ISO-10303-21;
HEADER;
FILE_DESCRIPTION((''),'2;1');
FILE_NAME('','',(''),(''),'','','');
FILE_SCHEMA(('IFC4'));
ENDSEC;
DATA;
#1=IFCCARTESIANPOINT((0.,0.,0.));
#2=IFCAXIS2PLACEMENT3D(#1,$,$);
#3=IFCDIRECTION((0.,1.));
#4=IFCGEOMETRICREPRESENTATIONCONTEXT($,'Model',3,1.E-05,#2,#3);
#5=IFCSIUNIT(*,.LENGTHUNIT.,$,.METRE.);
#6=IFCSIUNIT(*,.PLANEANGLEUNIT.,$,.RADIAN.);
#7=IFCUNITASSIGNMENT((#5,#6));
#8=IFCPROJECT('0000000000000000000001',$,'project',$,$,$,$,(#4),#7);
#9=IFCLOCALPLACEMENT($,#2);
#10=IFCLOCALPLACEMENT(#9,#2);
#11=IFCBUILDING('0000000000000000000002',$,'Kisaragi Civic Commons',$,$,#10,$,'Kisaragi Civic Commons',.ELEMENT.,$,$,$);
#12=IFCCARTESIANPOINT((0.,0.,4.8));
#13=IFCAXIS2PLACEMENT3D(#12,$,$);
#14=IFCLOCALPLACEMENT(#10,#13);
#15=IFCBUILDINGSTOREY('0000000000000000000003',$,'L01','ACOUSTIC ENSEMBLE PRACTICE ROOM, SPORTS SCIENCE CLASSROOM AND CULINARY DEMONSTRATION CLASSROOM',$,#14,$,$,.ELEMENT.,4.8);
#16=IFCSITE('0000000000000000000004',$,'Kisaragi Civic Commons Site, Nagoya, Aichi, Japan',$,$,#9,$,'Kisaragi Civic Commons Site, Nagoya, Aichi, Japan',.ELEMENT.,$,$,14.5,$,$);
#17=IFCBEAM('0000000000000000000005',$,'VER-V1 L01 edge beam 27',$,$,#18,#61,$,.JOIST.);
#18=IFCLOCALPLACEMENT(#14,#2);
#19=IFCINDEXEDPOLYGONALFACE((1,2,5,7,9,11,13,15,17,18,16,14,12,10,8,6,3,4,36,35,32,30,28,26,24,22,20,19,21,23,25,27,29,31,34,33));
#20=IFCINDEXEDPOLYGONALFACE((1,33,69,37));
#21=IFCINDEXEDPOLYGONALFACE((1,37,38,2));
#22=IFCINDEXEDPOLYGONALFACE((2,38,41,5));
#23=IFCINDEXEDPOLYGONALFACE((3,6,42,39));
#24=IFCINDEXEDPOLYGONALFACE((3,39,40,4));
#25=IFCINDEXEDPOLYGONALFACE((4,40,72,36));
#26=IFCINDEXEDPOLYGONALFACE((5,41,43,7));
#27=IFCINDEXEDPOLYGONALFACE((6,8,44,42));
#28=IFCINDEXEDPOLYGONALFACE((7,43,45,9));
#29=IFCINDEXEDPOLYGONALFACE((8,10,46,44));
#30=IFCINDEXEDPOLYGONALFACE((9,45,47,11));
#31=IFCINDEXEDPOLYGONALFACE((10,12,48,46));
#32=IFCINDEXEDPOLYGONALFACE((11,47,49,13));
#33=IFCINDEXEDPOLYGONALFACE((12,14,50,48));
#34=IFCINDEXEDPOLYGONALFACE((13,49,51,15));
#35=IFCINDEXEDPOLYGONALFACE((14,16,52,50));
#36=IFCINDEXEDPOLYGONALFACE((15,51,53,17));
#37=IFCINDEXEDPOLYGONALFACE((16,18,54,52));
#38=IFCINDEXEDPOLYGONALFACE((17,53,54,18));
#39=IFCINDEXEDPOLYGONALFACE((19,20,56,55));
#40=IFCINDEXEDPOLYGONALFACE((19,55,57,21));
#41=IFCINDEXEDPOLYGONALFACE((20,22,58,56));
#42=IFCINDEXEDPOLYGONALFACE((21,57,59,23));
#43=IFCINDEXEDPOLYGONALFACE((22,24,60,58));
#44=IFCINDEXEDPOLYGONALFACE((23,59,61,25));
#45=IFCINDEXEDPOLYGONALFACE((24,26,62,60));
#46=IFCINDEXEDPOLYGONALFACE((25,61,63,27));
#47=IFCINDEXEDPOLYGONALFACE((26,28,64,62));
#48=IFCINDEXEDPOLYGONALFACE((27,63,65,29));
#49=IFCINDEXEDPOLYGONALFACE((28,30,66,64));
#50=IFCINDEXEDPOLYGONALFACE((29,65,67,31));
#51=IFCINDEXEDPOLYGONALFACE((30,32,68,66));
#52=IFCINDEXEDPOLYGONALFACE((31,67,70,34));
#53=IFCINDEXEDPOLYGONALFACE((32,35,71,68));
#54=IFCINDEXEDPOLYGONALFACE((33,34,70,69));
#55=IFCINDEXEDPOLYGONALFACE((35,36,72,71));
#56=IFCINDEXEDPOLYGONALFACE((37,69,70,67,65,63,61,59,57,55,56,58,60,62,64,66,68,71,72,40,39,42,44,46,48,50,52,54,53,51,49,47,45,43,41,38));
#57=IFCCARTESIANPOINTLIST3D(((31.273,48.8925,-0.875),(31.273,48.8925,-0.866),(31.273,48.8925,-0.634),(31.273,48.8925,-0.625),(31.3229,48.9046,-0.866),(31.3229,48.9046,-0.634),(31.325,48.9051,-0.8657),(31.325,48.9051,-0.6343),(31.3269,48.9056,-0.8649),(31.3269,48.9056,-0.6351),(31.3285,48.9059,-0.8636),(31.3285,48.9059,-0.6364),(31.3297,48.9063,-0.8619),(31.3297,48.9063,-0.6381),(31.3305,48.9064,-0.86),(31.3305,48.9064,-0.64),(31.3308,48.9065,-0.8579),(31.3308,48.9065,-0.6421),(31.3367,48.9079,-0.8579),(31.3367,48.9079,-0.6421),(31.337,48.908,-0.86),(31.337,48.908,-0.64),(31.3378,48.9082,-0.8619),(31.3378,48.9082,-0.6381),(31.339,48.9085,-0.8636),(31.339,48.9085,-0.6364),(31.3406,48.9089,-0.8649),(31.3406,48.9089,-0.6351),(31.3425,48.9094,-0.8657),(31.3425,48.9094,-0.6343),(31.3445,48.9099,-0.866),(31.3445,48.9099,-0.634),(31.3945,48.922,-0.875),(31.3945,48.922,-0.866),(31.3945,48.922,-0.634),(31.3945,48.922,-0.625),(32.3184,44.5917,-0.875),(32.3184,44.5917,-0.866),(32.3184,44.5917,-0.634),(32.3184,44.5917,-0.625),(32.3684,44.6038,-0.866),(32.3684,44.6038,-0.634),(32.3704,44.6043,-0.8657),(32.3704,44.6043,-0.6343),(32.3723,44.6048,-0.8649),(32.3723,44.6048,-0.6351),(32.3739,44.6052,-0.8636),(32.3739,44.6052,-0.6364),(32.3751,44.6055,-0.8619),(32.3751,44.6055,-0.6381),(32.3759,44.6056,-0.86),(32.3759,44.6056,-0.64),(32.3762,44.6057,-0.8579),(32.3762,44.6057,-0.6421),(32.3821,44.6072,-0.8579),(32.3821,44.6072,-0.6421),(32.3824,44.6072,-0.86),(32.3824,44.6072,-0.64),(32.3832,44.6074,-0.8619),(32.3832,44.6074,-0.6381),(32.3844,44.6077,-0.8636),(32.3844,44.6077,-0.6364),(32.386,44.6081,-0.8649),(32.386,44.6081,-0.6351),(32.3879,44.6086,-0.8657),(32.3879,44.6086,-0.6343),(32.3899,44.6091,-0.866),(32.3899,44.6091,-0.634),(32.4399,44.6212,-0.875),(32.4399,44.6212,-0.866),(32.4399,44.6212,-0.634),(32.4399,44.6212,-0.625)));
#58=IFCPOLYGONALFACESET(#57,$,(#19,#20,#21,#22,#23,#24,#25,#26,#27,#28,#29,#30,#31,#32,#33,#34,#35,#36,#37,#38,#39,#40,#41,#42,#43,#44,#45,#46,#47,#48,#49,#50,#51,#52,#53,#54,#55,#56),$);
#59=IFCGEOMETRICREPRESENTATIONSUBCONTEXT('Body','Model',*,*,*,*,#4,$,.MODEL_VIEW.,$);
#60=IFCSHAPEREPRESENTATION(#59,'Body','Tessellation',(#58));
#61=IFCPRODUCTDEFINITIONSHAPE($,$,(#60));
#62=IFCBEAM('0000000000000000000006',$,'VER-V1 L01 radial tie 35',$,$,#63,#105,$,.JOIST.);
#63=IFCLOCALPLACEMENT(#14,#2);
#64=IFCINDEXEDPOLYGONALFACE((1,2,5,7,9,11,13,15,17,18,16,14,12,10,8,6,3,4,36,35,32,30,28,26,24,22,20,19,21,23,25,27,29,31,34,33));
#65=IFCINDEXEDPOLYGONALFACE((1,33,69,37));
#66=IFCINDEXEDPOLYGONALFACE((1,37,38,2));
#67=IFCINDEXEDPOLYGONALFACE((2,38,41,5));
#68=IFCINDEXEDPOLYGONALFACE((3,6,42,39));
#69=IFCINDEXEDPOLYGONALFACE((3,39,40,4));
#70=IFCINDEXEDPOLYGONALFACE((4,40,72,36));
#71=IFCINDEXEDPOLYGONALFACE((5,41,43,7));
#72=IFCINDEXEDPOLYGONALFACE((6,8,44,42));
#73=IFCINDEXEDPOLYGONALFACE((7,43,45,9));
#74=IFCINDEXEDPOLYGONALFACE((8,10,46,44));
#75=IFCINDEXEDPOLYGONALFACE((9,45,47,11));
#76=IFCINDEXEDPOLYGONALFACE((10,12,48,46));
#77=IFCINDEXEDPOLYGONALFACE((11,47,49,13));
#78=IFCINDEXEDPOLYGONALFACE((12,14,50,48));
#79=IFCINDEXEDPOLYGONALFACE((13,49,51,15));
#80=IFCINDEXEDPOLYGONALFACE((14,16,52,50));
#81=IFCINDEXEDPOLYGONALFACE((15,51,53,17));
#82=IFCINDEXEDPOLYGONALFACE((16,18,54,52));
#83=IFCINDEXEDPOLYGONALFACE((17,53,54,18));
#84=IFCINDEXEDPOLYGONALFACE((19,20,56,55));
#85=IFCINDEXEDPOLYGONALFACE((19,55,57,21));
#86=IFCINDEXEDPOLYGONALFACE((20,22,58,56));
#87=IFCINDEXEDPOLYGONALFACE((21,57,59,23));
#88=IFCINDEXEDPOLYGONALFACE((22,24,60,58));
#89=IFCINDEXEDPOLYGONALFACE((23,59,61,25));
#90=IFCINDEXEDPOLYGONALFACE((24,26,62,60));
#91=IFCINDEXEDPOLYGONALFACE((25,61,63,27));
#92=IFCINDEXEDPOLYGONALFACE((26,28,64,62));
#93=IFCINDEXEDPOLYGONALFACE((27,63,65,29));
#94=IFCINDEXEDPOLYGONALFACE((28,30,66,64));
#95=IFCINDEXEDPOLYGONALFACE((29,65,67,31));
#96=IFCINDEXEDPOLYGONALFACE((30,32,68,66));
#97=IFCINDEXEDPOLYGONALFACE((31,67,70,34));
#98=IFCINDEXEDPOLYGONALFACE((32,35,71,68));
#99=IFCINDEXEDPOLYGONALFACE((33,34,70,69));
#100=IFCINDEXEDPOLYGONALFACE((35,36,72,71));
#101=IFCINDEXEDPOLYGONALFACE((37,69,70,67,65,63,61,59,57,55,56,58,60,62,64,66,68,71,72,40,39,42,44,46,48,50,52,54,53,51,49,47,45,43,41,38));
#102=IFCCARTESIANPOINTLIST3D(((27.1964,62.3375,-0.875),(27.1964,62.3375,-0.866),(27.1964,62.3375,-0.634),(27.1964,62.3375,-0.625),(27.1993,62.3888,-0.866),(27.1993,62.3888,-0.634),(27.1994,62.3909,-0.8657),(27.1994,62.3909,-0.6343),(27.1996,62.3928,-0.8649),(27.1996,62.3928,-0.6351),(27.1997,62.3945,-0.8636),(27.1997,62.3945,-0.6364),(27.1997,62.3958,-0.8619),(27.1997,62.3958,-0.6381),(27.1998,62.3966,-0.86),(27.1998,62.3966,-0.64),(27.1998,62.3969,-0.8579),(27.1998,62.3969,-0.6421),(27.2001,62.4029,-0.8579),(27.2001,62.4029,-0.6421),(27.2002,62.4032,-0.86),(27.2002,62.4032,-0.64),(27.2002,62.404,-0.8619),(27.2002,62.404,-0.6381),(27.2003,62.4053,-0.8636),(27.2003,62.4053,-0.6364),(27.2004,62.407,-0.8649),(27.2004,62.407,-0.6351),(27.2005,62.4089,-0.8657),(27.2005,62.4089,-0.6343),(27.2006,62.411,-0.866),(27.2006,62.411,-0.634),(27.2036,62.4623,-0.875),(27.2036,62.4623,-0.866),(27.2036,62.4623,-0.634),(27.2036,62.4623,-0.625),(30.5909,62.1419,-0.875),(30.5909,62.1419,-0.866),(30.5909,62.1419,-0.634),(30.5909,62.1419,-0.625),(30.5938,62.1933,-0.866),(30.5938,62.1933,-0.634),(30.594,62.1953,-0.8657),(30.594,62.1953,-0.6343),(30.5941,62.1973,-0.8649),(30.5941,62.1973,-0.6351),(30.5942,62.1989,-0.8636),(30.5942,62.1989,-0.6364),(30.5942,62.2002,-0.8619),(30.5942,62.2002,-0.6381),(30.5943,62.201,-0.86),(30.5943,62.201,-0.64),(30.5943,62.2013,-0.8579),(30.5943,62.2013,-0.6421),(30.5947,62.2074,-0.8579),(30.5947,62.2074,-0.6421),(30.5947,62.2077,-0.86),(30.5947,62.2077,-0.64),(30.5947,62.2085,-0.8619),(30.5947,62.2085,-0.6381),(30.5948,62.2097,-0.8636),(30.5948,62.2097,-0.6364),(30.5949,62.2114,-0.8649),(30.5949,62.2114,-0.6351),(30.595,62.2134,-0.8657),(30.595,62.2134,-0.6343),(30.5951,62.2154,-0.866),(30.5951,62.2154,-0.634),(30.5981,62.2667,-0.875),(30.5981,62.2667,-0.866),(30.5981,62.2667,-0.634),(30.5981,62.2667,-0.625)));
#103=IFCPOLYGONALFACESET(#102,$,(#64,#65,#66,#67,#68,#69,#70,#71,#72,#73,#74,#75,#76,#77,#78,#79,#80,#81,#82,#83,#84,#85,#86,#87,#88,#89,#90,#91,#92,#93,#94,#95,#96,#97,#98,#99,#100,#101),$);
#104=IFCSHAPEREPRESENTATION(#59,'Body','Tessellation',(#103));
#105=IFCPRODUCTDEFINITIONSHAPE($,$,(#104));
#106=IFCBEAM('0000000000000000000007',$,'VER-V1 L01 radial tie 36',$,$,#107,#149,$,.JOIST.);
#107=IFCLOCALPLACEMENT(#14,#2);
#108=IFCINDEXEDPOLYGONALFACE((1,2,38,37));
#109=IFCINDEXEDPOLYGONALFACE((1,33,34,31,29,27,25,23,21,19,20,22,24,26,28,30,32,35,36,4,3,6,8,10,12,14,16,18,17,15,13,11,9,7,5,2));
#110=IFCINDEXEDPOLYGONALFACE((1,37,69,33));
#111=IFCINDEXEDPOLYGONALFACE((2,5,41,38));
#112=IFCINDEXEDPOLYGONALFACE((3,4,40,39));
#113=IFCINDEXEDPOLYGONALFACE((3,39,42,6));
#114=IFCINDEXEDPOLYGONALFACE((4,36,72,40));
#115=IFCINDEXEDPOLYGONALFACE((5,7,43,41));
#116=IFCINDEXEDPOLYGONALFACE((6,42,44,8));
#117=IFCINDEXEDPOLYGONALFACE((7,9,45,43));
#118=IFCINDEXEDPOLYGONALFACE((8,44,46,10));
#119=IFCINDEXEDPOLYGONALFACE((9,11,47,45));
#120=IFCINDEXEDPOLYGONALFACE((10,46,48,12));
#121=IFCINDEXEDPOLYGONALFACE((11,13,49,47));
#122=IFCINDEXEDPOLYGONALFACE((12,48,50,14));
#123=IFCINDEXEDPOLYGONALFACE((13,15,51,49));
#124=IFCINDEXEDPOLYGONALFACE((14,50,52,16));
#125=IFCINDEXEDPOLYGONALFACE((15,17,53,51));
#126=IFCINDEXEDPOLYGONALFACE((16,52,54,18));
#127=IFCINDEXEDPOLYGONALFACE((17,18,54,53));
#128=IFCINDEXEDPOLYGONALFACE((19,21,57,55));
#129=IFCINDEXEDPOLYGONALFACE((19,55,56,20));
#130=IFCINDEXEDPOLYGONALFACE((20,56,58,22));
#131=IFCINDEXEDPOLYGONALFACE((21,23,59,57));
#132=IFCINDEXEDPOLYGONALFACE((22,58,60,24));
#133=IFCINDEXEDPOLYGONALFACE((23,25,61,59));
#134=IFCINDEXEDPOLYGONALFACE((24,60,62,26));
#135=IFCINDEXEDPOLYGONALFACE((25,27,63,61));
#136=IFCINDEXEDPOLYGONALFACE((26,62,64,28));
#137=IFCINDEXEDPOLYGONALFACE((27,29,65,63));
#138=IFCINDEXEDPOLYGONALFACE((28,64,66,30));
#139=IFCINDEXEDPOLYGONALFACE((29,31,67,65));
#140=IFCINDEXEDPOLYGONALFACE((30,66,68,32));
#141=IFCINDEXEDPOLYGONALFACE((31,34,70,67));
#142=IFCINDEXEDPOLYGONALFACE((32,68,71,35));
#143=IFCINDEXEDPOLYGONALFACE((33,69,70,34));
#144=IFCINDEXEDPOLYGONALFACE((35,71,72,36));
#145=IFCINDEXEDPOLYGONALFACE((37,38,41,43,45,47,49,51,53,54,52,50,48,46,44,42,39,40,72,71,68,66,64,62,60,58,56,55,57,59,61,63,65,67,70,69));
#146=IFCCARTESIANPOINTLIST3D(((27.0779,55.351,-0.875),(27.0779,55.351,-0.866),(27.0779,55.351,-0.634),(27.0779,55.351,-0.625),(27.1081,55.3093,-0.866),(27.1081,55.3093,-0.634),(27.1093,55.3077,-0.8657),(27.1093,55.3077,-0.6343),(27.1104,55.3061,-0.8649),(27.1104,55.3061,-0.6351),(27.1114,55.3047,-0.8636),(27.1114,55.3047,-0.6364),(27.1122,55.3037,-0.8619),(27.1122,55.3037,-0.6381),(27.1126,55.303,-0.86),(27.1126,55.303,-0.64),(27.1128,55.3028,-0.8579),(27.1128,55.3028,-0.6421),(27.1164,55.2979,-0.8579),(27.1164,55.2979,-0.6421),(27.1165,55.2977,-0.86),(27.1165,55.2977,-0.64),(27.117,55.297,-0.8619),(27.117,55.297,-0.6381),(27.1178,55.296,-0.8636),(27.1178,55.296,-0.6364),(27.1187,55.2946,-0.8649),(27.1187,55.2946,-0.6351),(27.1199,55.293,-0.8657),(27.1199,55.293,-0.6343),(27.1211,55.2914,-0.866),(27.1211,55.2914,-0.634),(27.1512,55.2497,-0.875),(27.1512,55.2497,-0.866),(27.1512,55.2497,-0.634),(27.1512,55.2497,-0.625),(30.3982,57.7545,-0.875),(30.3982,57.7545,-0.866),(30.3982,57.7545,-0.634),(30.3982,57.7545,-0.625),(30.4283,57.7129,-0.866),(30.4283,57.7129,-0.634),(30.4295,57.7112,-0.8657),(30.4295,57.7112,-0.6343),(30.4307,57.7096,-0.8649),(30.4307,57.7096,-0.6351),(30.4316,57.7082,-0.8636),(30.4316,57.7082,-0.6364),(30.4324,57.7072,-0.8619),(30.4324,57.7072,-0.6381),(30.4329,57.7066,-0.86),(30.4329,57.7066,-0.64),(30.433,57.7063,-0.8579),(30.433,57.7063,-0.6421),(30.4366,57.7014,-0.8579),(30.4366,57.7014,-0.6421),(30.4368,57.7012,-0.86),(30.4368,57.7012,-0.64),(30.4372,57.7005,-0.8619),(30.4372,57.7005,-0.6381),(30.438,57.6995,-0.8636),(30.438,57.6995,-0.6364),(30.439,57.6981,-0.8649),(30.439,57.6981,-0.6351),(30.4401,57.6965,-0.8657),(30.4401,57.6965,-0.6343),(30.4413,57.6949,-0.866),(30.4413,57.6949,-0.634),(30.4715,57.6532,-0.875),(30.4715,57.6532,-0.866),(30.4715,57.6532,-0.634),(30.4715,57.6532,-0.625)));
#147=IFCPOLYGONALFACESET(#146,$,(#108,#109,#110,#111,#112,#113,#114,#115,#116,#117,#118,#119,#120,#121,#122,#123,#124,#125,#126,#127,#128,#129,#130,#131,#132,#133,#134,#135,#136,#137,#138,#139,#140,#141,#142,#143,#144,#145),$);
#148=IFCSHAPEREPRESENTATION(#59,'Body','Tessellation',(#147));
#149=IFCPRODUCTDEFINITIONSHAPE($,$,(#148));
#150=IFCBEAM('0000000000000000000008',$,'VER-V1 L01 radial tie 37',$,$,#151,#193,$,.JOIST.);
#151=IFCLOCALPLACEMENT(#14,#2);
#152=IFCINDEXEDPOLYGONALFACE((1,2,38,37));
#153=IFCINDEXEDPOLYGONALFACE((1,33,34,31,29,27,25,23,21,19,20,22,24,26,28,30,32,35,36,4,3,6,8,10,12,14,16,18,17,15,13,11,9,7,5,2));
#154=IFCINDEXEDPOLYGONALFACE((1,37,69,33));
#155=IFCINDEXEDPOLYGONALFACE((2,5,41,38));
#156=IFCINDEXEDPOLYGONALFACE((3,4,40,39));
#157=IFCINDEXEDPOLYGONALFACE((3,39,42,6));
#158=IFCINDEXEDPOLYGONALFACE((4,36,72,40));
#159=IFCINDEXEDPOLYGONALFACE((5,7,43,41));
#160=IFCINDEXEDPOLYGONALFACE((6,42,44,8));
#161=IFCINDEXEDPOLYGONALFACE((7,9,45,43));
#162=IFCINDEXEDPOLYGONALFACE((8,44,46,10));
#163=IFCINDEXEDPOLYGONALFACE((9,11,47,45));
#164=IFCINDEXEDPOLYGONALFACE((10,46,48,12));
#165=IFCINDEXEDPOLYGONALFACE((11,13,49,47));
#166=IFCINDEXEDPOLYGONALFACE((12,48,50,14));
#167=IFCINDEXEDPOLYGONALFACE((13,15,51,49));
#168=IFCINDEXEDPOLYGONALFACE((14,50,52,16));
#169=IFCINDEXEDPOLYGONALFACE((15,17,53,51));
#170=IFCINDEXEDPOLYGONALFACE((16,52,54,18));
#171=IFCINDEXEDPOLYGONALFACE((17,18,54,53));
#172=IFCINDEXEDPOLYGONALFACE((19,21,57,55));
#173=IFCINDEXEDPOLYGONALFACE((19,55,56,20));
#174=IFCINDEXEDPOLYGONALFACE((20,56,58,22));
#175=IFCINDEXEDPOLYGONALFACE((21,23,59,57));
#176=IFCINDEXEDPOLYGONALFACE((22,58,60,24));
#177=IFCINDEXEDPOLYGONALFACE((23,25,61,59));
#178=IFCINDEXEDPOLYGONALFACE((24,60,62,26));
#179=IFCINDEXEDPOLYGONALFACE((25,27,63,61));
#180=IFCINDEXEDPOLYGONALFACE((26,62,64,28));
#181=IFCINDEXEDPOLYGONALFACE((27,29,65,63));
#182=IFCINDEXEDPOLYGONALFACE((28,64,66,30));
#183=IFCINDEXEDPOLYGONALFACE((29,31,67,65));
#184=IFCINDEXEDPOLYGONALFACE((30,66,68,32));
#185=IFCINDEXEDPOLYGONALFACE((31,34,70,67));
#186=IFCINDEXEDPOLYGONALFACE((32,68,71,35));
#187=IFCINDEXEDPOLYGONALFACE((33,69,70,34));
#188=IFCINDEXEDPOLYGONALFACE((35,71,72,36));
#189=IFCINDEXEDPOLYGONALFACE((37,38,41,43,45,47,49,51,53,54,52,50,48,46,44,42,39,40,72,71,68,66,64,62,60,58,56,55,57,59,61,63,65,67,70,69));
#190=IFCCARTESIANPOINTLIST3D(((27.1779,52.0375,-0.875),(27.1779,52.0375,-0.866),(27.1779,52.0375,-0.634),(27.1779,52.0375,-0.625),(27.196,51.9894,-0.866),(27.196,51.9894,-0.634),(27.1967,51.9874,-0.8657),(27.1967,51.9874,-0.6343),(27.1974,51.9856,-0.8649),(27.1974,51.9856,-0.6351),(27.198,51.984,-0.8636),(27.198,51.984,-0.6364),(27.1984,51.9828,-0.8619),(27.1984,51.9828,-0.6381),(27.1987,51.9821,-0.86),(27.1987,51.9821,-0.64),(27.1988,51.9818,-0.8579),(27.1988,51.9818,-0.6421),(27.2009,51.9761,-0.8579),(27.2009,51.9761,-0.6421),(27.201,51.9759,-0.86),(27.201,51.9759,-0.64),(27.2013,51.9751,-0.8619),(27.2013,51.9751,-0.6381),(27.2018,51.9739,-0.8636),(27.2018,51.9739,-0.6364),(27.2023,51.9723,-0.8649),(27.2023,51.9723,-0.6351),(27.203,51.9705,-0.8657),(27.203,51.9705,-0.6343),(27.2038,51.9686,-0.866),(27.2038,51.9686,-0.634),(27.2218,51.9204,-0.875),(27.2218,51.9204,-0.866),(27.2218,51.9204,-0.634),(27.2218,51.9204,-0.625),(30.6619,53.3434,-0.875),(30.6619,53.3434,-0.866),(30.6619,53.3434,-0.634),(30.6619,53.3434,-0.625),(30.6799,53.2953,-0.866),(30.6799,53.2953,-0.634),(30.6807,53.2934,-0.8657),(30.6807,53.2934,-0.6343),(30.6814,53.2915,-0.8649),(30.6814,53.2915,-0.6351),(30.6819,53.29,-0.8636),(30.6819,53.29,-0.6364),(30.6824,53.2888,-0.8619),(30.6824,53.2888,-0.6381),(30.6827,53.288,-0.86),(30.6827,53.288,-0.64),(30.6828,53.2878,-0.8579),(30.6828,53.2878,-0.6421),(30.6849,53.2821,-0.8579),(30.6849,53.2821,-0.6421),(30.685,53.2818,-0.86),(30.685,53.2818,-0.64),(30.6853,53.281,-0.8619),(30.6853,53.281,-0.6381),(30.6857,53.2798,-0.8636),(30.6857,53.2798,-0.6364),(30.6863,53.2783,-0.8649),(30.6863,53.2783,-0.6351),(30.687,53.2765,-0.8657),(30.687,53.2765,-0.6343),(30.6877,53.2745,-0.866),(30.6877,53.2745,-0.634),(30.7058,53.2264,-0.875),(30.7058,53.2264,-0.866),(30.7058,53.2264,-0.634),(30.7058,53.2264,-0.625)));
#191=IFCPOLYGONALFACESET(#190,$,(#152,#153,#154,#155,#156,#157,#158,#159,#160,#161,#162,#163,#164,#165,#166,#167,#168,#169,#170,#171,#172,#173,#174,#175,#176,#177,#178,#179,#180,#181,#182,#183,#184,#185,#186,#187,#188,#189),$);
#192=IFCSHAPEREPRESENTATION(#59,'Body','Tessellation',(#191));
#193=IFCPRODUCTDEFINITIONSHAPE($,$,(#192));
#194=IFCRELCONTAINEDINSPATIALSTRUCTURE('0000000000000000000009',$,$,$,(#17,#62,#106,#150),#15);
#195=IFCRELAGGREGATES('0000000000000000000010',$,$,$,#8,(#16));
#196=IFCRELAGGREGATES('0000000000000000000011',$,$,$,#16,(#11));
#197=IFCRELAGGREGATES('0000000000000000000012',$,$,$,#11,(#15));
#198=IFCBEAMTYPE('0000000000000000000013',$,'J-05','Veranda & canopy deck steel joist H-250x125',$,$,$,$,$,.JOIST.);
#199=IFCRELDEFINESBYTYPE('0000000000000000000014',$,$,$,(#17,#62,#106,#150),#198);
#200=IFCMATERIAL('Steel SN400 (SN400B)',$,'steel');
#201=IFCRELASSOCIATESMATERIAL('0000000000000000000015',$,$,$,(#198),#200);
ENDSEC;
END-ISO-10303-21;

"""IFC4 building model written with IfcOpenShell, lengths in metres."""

from ifc_helpers import new_model, si_unit, direction, frame, origin, origin_2d, place, context, subcontext, project, spatial, i_section, extrude, material, material_profile, profile_set, type_object, element, save


model = new_model("IFC4")

# Units and contexts
model_context = context("Model", 3, precision=1e-05, world=origin(), true_north=direction((0.0, 1.0)))
body_context = subcontext(model_context, "Body", "Model", "MODEL_VIEW")
ifc_project = project(units=[si_unit("LENGTHUNIT", "METRE"), si_unit("PLANEANGLEUNIT", "RADIAN")], contexts=[model_context])

# Site, building, storey
site_placement = place(None, origin())
site = spatial("IfcSite", under=ifc_project, at=site_placement, Name="Kisaragi Civic Commons Site, Nagoya, Aichi, Japan", LongName="Kisaragi Civic Commons Site, Nagoya, Aichi, Japan", CompositionType="ELEMENT", RefElevation=14.5)
building_placement = place(site_placement, origin())
building = spatial("IfcBuilding", under=site, at=building_placement, Name="Kisaragi Civic Commons", LongName="Kisaragi Civic Commons", CompositionType="ELEMENT")
storey_placement = place(building_placement, frame((0.0, 0.0, 4.8)))
storey = spatial("IfcBuildingStorey", under=building, at=storey_placement, Name="L01", Description="ACOUSTIC ENSEMBLE PRACTICE ROOM, SPORTS SCIENCE CLASSROOM AND CULINARY DEMONSTRATION CLASSROOM", CompositionType="ELEMENT", Elevation=4.8)

# Beams
ifc_material_1 = material(Name="Steel SN400 (SN400B)", Category="steel")
ifc_material_profile_1 = material_profile(ifc_material_1, i_section(OverallWidth=0.125, OverallDepth=0.25, WebThickness=0.0061, FlangeThickness=0.009, FilletRadius=0.0081, at=origin_2d()), Name="H-250x125x6x9", Category="steel")
ifc_profile_set_1 = profile_set([ifc_material_profile_1], Name="Steel SN400 (SN400B)")
beam_type_1 = type_object("IfcBeamType", Name="J-05", Description="Veranda & canopy deck steel joist H-250x125", PredefinedType="JOIST", material=ifc_profile_set_1)
beam_1_placement = place(storey_placement, frame((31.3337, 48.9072, -0.75), z_axis=(0.236197, -0.971705, 0.0), x_axis=(0.971705, 0.236197, 0.0)))
element("IfcBeam", 1, at=beam_1_placement, inside=storey, type_object=beam_type_1, Name="VER-V1 L01 edge beam 27", PredefinedType="JOIST", context=body_context, shape_type="SweptSolid", body=[
    extrude(i_section(OverallWidth=0.125, OverallDepth=0.25, WebThickness=0.0061, FlangeThickness=0.009, FilletRadius=0.0081, at=origin_2d()), origin(), (0.0, 0.0, 1.0), 4.426),
])
beam_2_placement = place(storey_placement, frame((30.5945, 62.2043, -0.75), z_axis=(-0.998345, 0.057514, 0.0), x_axis=(-0.057514, -0.998345, 0.0)))
element("IfcBeam", 2, at=beam_2_placement, inside=storey, type_object=beam_type_1, Name="VER-V1 L01 radial tie 35", PredefinedType="JOIST", context=body_context, shape_type="SweptSolid", body=[
    extrude(i_section(OverallWidth=0.125, OverallDepth=0.25, WebThickness=0.0061, FlangeThickness=0.009, FilletRadius=0.0081, at=origin_2d()), origin(), (0.0, 0.0, 1.0), 3.4001),
])
beam_3_placement = place(storey_placement, frame((30.4348, 57.7039, -0.75), z_axis=(-0.810035, -0.586382, 0.0), x_axis=(0.586382, -0.810035, 0.0)))
element("IfcBeam", 3, at=beam_3_placement, inside=storey, type_object=beam_type_1, Name="VER-V1 L01 radial tie 36", PredefinedType="JOIST", context=body_context, shape_type="SweptSolid", body=[
    extrude(i_section(OverallWidth=0.125, OverallDepth=0.25, WebThickness=0.0061, FlangeThickness=0.009, FilletRadius=0.0081, at=origin_2d()), origin(), (0.0, 0.0, 1.0), 4.0989),
])
beam_4_placement = place(storey_placement, frame((30.6838, 53.2849, -0.75), z_axis=(-0.936378, -0.350994, 0.0), x_axis=(0.350994, -0.936378, 0.0)))
element("IfcBeam", 4, at=beam_4_placement, inside=storey, type_object=beam_type_1, Name="VER-V1 L01 radial tie 37", PredefinedType="JOIST", context=body_context, shape_type="SweptSolid", body=[
    extrude(i_section(OverallWidth=0.125, OverallDepth=0.25, WebThickness=0.0061, FlangeThickness=0.009, FilletRadius=0.0081, at=origin_2d()), origin(), (0.0, 0.0, 1.0), 3.7207),
])

save(model, "model.ifc")
